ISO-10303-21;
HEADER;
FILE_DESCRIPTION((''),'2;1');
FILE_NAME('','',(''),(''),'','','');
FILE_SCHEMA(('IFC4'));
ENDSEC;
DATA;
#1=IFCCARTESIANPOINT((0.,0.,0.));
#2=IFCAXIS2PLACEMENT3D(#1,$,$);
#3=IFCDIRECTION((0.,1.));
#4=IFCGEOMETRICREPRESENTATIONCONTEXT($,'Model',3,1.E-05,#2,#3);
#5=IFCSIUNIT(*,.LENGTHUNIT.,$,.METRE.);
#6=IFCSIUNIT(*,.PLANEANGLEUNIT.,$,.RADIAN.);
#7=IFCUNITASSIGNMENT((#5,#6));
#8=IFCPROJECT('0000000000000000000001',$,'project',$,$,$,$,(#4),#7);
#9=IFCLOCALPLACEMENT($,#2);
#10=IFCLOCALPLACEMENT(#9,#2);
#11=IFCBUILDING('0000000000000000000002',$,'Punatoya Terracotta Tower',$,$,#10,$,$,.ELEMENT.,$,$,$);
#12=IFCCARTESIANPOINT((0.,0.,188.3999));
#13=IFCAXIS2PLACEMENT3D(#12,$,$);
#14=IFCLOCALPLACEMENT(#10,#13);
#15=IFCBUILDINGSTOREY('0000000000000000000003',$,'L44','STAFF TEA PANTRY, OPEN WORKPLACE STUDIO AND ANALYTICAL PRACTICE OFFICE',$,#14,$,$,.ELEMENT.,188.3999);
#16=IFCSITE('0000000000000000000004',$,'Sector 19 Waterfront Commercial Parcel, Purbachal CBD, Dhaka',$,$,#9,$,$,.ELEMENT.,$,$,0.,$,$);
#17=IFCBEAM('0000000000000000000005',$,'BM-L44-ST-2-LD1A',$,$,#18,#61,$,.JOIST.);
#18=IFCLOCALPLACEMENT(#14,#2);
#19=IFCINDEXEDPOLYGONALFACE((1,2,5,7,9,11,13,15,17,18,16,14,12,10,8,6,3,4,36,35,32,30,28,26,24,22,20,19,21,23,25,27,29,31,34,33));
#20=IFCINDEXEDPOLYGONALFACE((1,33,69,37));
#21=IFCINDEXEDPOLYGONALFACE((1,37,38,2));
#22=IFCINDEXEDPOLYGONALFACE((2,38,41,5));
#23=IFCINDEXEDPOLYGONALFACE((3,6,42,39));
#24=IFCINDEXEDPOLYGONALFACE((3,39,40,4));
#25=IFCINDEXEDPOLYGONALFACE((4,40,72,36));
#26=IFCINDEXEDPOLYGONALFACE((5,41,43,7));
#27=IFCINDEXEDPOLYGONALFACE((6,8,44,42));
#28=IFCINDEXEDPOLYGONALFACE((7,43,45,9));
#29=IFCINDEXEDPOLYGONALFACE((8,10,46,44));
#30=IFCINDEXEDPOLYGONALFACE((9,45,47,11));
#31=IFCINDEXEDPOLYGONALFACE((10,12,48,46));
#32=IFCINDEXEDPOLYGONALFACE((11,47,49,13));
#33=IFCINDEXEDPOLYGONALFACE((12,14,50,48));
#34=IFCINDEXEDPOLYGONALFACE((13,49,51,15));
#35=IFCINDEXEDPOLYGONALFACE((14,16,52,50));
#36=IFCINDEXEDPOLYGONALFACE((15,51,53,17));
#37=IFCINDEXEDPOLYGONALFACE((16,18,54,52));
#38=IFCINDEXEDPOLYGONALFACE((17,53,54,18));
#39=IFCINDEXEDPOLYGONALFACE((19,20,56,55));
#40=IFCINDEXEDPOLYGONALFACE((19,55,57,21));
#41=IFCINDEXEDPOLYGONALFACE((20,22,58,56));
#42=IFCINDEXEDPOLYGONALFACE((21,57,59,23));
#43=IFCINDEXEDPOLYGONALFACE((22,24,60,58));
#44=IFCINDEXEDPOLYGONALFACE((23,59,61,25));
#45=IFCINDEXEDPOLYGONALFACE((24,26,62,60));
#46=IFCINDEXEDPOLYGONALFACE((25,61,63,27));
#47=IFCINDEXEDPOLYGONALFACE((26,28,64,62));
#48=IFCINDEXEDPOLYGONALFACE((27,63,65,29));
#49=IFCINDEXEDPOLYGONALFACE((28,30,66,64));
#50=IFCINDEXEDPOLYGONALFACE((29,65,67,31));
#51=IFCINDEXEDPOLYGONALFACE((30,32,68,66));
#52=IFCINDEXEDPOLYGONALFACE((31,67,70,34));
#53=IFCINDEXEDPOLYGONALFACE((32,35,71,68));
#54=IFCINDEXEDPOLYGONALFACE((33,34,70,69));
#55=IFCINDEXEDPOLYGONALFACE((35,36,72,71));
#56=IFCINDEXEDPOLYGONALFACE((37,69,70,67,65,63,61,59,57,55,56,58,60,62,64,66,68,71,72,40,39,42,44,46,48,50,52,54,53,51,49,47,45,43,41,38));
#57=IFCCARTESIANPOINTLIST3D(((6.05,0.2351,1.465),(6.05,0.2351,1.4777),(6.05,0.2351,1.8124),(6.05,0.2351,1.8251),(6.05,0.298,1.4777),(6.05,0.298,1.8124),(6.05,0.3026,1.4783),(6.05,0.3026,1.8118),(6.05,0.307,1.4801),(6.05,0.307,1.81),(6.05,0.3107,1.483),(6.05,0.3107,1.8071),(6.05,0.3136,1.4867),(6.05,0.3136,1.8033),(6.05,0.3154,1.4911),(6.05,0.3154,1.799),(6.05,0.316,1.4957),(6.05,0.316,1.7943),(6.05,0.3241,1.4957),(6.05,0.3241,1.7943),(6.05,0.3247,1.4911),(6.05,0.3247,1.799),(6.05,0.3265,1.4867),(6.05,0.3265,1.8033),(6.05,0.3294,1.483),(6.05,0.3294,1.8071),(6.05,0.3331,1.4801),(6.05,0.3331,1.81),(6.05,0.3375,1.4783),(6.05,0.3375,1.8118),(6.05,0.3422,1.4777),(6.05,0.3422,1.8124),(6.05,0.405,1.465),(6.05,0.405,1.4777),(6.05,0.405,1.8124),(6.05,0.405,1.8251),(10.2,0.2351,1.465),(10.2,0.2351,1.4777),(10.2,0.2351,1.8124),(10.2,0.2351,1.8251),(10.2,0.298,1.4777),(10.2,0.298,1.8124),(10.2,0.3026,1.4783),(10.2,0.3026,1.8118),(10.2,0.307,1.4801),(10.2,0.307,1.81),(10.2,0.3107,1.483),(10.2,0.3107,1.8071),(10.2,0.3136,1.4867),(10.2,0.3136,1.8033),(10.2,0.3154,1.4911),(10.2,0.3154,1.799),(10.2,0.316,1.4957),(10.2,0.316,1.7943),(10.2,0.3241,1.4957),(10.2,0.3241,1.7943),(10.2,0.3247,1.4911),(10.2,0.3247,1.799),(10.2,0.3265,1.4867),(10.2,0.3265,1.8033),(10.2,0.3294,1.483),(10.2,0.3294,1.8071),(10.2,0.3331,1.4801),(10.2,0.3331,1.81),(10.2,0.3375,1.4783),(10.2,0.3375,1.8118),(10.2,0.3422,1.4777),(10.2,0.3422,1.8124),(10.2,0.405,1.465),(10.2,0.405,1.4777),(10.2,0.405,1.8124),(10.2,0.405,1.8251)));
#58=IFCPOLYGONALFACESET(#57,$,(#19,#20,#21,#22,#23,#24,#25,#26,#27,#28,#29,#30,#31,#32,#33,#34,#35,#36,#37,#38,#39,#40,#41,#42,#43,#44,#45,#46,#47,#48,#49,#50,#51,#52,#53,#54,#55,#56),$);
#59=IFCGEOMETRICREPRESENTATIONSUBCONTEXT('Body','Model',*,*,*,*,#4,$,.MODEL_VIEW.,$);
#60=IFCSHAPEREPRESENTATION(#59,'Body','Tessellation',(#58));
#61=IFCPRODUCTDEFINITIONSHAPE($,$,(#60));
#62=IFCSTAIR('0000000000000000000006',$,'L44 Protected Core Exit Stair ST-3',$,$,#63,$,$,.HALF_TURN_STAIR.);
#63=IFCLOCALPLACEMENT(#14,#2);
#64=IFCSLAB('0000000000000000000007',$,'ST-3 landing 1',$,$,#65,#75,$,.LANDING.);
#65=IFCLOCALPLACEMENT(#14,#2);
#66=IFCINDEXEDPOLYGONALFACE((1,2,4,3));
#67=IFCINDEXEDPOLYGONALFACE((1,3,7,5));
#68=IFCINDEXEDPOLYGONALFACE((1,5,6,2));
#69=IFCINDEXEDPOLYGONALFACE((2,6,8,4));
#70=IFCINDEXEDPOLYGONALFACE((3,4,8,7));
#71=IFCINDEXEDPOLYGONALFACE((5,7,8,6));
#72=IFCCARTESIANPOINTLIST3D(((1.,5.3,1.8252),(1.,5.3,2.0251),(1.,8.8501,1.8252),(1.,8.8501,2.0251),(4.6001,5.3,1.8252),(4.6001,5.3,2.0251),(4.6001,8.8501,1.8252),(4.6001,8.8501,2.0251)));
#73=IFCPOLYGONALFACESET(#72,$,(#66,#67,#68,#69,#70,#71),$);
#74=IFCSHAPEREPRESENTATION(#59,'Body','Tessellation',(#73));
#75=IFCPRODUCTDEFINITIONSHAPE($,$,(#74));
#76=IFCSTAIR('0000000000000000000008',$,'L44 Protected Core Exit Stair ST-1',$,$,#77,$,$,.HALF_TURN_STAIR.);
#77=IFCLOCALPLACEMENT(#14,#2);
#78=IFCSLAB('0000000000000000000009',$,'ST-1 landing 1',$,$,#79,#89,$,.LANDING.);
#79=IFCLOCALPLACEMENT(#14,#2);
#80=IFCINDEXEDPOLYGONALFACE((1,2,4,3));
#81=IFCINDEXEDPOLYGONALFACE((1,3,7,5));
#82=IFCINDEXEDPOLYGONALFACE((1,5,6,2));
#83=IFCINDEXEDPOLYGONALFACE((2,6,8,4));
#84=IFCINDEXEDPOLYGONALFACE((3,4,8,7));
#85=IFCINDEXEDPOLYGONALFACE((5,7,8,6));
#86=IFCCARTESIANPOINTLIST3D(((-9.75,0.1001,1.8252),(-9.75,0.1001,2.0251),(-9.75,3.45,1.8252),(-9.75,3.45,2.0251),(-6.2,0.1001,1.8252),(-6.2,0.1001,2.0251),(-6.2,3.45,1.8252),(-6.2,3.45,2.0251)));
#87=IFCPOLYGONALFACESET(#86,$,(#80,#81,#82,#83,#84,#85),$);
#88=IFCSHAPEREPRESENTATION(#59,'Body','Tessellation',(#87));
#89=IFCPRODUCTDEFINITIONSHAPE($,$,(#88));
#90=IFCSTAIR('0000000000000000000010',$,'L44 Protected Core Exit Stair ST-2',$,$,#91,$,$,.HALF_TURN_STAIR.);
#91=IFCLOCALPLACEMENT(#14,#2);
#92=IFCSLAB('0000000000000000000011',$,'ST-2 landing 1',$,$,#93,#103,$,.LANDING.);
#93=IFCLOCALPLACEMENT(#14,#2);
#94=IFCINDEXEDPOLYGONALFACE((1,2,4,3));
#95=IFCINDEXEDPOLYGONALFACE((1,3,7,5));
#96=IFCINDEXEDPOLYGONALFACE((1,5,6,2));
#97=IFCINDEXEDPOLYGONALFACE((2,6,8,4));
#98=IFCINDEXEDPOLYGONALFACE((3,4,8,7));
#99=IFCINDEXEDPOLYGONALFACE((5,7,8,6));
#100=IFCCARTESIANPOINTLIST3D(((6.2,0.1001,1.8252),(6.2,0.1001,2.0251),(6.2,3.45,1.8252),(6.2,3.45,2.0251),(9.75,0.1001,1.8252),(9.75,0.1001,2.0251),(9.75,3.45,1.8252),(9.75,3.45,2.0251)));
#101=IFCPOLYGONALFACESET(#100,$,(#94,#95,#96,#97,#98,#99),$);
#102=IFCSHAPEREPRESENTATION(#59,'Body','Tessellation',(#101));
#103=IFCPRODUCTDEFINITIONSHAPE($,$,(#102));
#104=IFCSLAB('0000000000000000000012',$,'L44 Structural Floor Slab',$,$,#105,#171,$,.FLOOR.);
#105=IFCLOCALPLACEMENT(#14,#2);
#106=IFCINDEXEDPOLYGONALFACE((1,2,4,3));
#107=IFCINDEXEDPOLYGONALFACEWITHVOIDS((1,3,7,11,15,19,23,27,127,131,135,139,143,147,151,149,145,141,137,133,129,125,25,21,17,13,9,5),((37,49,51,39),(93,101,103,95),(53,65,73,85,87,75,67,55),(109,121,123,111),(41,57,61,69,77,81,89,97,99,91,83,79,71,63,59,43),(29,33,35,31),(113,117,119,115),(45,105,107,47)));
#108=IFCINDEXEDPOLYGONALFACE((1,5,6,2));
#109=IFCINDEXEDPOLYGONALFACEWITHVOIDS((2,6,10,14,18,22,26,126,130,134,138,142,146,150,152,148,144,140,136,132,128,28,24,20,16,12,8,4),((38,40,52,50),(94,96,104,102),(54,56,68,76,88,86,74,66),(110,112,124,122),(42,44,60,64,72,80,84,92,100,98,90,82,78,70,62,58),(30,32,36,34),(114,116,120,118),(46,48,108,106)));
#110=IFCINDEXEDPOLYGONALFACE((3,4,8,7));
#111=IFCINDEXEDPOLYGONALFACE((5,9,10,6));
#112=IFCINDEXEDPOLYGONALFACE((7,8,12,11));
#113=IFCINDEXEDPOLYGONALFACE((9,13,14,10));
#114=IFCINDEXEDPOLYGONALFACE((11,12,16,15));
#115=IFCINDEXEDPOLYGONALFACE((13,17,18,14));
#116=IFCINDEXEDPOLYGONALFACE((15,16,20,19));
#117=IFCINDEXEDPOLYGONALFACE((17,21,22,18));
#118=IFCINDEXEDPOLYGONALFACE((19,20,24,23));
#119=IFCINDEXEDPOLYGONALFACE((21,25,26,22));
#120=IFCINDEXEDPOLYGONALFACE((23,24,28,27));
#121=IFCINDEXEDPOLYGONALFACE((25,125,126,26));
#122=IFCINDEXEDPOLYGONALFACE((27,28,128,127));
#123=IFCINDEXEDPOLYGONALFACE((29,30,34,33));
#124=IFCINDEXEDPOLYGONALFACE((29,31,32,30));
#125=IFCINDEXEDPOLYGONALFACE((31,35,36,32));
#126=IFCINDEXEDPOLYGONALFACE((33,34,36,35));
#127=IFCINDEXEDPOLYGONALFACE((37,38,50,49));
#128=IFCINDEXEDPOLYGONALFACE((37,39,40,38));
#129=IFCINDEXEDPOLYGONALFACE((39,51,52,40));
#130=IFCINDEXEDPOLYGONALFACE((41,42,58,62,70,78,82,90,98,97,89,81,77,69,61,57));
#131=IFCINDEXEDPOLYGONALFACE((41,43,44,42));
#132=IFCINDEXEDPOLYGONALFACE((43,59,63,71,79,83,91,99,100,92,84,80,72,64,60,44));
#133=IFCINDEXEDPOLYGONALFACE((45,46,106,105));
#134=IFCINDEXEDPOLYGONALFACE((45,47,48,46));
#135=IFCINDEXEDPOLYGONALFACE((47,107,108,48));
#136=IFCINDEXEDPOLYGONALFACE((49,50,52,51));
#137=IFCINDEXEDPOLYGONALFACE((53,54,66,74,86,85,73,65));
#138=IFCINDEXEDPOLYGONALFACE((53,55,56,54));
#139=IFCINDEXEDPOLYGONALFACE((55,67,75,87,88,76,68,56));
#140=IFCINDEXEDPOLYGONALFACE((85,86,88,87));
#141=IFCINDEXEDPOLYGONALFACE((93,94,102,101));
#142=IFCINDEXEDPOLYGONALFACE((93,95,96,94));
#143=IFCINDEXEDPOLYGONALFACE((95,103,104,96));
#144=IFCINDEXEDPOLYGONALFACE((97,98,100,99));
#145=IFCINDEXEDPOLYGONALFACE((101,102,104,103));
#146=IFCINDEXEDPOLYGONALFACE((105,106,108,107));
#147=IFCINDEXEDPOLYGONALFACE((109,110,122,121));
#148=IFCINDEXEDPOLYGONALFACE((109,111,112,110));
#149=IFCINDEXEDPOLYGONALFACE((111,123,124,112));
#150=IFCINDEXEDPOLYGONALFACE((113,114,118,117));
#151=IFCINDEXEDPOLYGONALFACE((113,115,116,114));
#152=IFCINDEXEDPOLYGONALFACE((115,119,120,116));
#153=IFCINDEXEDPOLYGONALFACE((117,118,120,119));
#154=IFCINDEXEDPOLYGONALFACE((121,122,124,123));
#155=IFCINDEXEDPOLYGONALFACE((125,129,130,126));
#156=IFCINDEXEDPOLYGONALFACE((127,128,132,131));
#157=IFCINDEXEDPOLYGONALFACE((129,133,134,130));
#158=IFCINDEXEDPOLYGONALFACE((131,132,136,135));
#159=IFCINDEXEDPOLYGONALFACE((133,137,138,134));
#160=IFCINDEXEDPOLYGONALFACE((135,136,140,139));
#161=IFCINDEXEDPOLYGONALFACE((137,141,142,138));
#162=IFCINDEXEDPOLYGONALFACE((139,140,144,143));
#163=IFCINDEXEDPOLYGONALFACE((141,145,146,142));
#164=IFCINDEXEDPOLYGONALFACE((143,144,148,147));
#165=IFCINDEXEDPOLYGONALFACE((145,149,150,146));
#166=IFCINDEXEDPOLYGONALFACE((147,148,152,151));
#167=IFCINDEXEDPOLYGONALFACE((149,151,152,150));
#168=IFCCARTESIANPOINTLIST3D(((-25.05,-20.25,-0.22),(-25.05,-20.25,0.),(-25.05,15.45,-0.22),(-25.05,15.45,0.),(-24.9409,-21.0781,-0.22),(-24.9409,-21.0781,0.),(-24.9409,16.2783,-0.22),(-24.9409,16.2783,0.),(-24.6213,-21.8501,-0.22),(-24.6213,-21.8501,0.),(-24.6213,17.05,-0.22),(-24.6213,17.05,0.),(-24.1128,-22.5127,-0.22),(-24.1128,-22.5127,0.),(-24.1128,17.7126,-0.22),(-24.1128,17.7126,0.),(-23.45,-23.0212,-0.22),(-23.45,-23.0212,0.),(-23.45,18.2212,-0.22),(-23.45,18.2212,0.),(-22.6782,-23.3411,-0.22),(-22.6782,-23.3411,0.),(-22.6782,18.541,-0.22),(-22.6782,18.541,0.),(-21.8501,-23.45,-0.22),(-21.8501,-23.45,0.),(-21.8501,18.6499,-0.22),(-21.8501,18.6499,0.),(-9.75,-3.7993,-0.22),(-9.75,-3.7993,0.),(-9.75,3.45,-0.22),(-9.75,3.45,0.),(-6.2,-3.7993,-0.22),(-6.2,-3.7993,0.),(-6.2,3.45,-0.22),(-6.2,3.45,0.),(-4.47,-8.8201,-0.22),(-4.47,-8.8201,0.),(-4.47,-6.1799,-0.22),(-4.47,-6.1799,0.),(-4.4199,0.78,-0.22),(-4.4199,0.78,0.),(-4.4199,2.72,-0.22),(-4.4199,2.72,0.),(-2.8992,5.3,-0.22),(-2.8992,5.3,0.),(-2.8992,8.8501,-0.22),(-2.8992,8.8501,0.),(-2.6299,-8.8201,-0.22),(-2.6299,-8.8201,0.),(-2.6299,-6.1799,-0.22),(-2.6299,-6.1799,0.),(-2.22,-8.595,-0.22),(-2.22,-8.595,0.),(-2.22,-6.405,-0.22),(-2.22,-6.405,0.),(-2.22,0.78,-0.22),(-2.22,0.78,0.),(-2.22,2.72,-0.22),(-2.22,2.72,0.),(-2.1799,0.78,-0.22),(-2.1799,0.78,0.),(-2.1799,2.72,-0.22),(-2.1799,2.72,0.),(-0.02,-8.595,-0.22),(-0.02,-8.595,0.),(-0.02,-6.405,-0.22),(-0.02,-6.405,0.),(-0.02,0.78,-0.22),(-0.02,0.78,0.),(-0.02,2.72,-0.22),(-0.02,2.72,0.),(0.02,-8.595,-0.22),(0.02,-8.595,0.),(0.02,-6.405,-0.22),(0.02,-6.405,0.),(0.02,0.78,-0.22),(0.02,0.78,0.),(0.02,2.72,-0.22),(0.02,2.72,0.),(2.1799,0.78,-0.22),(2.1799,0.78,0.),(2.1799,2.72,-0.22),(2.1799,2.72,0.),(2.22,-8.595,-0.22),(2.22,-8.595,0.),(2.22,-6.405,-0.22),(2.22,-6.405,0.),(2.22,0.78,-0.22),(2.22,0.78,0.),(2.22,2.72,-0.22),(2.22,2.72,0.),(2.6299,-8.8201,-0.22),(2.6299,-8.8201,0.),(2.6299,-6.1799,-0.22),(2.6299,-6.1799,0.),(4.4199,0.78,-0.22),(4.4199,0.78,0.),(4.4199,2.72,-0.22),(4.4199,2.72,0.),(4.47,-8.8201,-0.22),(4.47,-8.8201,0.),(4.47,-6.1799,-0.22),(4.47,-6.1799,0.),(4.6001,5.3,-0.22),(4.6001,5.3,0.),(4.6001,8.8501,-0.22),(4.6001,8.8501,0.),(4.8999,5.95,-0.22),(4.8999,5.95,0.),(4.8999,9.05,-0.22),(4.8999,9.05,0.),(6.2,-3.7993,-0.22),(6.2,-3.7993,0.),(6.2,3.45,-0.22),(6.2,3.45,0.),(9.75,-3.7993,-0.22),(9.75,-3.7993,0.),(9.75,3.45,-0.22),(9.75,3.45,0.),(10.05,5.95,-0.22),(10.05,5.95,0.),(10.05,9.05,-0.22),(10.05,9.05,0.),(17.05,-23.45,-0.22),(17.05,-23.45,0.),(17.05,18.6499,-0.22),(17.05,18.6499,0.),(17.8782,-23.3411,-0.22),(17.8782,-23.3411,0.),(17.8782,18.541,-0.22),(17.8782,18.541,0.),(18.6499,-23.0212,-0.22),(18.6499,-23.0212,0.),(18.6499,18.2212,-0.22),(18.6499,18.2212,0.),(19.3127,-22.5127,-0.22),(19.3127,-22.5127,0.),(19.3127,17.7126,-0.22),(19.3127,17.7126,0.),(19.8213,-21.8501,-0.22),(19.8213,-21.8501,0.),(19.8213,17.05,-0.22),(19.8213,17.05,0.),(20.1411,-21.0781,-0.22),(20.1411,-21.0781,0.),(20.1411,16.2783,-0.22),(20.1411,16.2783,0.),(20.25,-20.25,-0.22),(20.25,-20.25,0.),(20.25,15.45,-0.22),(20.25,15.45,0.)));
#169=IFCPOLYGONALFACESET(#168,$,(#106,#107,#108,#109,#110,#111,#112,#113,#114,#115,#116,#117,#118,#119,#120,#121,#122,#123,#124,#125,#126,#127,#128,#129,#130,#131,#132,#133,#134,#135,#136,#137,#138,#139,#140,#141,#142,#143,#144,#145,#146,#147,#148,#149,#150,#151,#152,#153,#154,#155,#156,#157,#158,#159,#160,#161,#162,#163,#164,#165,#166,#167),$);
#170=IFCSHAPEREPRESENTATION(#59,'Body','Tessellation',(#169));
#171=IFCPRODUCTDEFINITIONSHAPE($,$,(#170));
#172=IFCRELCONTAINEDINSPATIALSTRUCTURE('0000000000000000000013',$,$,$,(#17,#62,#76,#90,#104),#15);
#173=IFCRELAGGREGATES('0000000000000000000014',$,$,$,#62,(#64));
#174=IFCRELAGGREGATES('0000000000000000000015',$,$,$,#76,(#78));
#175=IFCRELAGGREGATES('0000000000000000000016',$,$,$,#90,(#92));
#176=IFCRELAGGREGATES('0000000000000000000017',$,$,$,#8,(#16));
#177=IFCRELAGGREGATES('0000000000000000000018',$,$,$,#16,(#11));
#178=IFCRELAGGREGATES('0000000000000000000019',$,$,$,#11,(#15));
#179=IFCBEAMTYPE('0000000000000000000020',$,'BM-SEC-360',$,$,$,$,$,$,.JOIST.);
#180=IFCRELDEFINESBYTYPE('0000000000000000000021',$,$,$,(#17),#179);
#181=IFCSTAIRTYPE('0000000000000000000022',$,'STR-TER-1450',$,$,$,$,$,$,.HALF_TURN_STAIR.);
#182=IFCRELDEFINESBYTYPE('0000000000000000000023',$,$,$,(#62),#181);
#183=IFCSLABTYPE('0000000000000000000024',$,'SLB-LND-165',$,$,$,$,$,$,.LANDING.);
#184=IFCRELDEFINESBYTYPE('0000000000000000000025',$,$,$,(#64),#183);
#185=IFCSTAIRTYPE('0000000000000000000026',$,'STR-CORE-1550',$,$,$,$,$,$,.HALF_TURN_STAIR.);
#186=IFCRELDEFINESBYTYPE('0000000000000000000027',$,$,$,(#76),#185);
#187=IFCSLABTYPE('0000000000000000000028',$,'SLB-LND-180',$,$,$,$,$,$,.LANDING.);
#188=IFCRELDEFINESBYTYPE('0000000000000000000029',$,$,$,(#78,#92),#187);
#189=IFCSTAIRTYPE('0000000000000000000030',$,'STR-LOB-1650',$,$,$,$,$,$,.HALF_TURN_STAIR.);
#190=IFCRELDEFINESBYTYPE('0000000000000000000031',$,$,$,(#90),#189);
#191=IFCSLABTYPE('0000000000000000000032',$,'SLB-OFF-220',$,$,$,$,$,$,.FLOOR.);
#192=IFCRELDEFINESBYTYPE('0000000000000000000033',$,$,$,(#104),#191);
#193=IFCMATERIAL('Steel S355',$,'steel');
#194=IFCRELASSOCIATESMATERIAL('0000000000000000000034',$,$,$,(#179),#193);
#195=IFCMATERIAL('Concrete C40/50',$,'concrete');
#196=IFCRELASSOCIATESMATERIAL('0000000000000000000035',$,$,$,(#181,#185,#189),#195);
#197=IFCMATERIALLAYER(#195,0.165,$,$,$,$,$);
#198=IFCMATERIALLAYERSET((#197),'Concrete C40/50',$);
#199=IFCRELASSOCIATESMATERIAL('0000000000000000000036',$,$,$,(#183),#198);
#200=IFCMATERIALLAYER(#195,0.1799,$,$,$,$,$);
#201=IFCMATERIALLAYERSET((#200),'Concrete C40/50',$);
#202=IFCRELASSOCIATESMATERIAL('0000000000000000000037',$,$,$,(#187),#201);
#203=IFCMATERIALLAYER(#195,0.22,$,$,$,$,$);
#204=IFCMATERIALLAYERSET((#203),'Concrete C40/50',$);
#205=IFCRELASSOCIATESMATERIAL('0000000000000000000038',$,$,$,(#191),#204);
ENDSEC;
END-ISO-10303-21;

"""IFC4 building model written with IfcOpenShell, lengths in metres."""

from ifc_helpers import new_model, si_unit, direction, frame, origin, origin_2d, place, context, subcontext, project, spatial, polyline, i_section, outline, extrude, material, layer, layer_set, material_profile, profile_set, type_object, element, aggregate, save


model = new_model("IFC4")

# Units and contexts
model_context = context("Model", 3, precision=1e-05, world=origin(), true_north=direction((0.0, 1.0)))
body_context = subcontext(model_context, "Body", "Model", "MODEL_VIEW")
ifc_project = project(units=[si_unit("LENGTHUNIT", "METRE"), si_unit("PLANEANGLEUNIT", "RADIAN")], contexts=[model_context])

# Site, building, storey
site_placement = place(None, origin())
site = spatial("IfcSite", under=ifc_project, at=site_placement, Name="Sector 19 Waterfront Commercial Parcel, Purbachal CBD, Dhaka", CompositionType="ELEMENT", RefElevation=0.0)
building_placement = place(site_placement, origin())
building = spatial("IfcBuilding", under=site, at=building_placement, Name="Punatoya Terracotta Tower", CompositionType="ELEMENT")
storey_placement = place(building_placement, frame((0.0, 0.0, 188.3999)))
storey = spatial("IfcBuildingStorey", under=building, at=storey_placement, Name="L44", Description="STAFF TEA PANTRY, OPEN WORKPLACE STUDIO AND ANALYTICAL PRACTICE OFFICE", CompositionType="ELEMENT", Elevation=188.3999)

# Beam
ifc_material_1 = material(Name="Steel S355", Category="steel")
ifc_material_profile = material_profile(ifc_material_1, i_section(OverallWidth=0.1699, OverallDepth=0.3601, WebThickness=0.0081, FlangeThickness=0.0127, FilletRadius=0.0181, at=origin_2d()))
ifc_profile_set = profile_set([ifc_material_profile], Name="Steel S355")
beam_type = type_object("IfcBeamType", Name="BM-SEC-360", PredefinedType="JOIST", material=ifc_profile_set)
beam_placement = place(storey_placement, frame((6.05, 0.3201, 1.645), z_axis=(1.0, 0.0, 0.0), x_axis=(0.0, 1.0, 0.0)))
element("IfcBeam", 1, at=beam_placement, inside=storey, type_object=beam_type, Name="BM-L44-ST-2-LD1A", PredefinedType="JOIST", context=body_context, shape_type="SweptSolid", body=[
    extrude(i_section(OverallWidth=0.1699, OverallDepth=0.3601, WebThickness=0.0081, FlangeThickness=0.0127, FilletRadius=0.0181, at=origin_2d()), origin(), (0.0, 0.0, 1.0), 4.1499),
])

# Stairs, slabs
ifc_material_2 = material(Name="Concrete C40/50", Category="concrete")
stair_type_1 = type_object("IfcStairType", Name="STR-TER-1450", PredefinedType="HALF_TURN_STAIR", material=ifc_material_2)
stair_1_placement = place(storey_placement, origin())
stair_1 = element("IfcStair", 2, at=stair_1_placement, inside=storey, type_object=stair_type_1, Name="L44 Protected Core Exit Stair ST-3", PredefinedType="HALF_TURN_STAIR")
ifc_layer_1 = layer(ifc_material_2, 0.165)
ifc_layer_set_1 = layer_set([ifc_layer_1], Name="Concrete C40/50")
slab_type_1 = type_object("IfcSlabType", Name="SLB-LND-165", PredefinedType="LANDING", material=ifc_layer_set_1)
slab_1_placement = place(storey_placement, frame((0.0, 0.0, 1.8252)))
slab_1 = element("IfcSlab", 3, at=slab_1_placement, type_object=slab_type_1, Name="ST-3 landing 1", PredefinedType="LANDING", context=body_context, shape_type="SweptSolid", body=[
    extrude(outline(polyline([(1.0, 5.3), (4.6001, 5.3), (4.6001, 8.8501), (1.0, 8.8501), (1.0, 5.3)])), origin(), (0.0, 0.0, 1.0), 0.2),
])
aggregate(stair_1, [slab_1])
stair_type_2 = type_object("IfcStairType", Name="STR-CORE-1550", PredefinedType="HALF_TURN_STAIR", material=ifc_material_2)
stair_2_placement = place(storey_placement, origin())
stair_2 = element("IfcStair", 4, at=stair_2_placement, inside=storey, type_object=stair_type_2, Name="L44 Protected Core Exit Stair ST-1", PredefinedType="HALF_TURN_STAIR")
ifc_layer_2 = layer(ifc_material_2, 0.1799)
ifc_layer_set_2 = layer_set([ifc_layer_2], Name="Concrete C40/50")
slab_type_2 = type_object("IfcSlabType", Name="SLB-LND-180", PredefinedType="LANDING", material=ifc_layer_set_2)
slab_2_placement = place(storey_placement, frame((0.0, 0.0, 1.8252)))
slab_2 = element("IfcSlab", 5, at=slab_2_placement, type_object=slab_type_2, Name="ST-1 landing 1", PredefinedType="LANDING", context=body_context, shape_type="SweptSolid", body=[
    extrude(outline(polyline([(-6.2, 0.1001), (-6.2, 3.45), (-9.75, 3.45), (-9.75, 0.1001), (-6.2, 0.1001)])), origin(), (0.0, 0.0, 1.0), 0.2),
])
aggregate(stair_2, [slab_2])
stair_type_3 = type_object("IfcStairType", Name="STR-LOB-1650", PredefinedType="HALF_TURN_STAIR", material=ifc_material_2)
stair_3_placement = place(storey_placement, origin())
stair_3 = element("IfcStair", 6, at=stair_3_placement, inside=storey, type_object=stair_type_3, Name="L44 Protected Core Exit Stair ST-2", PredefinedType="HALF_TURN_STAIR")
slab_3_placement = place(storey_placement, frame((0.0, 0.0, 1.8252)))
slab_3 = element("IfcSlab", 7, at=slab_3_placement, type_object=slab_type_2, Name="ST-2 landing 1", PredefinedType="LANDING", context=body_context, shape_type="SweptSolid", body=[
    extrude(outline(polyline([(9.75, 0.1001), (9.75, 3.45), (6.2, 3.45), (6.2, 0.1001), (9.75, 0.1001)])), origin(), (0.0, 0.0, 1.0), 0.2),
])

# Slab
ifc_layer_3 = layer(ifc_material_2, 0.22)
ifc_layer_set_3 = layer_set([ifc_layer_3], Name="Concrete C40/50")
slab_type_3 = type_object("IfcSlabType", Name="SLB-OFF-220", PredefinedType="FLOOR", material=ifc_layer_set_3)
slab_4_placement = place(storey_placement, frame((0.0, 0.0, -0.22)))
element("IfcSlab", 8, at=slab_4_placement, inside=storey, type_object=slab_type_3, Name="L44 Structural Floor Slab", PredefinedType="FLOOR", context=body_context, shape_type="SweptSolid", body=[
    extrude(outline(polyline([(-21.8501, -23.45), (-22.6782, -23.3411), (-23.45, -23.0212), (-24.1128, -22.5127), (-24.6213, -21.8501), (-24.9409, -21.0781), (-25.05, -20.25), (-25.05, 15.45), (-24.9409, 16.2783), (-24.6213, 17.05), (-24.1128, 17.7126), (-23.45, 18.2212), (-22.6782, 18.541), (-21.8501, 18.6499), (17.05, 18.6499), (17.8782, 18.541), (18.6499, 18.2212), (19.3127, 17.7126), (19.8213, 17.05), (20.1411, 16.2783), (20.25, 15.45), (20.25, -20.25), (20.1411, -21.0781), (19.8213, -21.8501), (19.3127, -22.5127), (18.6499, -23.0212), (17.8782, -23.3411), (17.05, -23.45), (-21.8501, -23.45)]), holes=[polyline([(-2.6299, -6.1799), (-4.47, -6.1799), (-4.47, -8.8201), (-2.6299, -8.8201), (-2.6299, -6.1799)]), polyline([(0.02, -8.595), (2.22, -8.595), (2.22, -6.405), (0.02, -6.405), (-0.02, -6.405), (-2.22, -6.405), (-2.22, -8.595), (-0.02, -8.595), (0.02, -8.595)]), polyline([(-6.2, 3.45), (-9.75, 3.45), (-9.75, -3.7993), (-6.2, -3.7993), (-6.2, 3.45)]), polyline([(-4.4199, 2.72), (-4.4199, 0.78), (-2.22, 0.78), (-2.1799, 0.78), (-0.02, 0.78), (0.02, 0.78), (2.1799, 0.78), (2.22, 0.78), (4.4199, 0.78), (4.4199, 2.72), (2.22, 2.72), (2.1799, 2.72), (0.02, 2.72), (-0.02, 2.72), (-2.1799, 2.72), (-2.22, 2.72), (-4.4199, 2.72)]), polyline([(4.6001, 5.3), (4.6001, 8.8501), (-2.8992, 8.8501), (-2.8992, 5.3), (4.6001, 5.3)]), polyline([(4.47, -8.8201), (4.47, -6.1799), (2.6299, -6.1799), (2.6299, -8.8201), (4.47, -8.8201)]), polyline([(9.75, 3.45), (6.2, 3.45), (6.2, -3.7993), (9.75, -3.7993), (9.75, 3.45)]), polyline([(10.05, 5.95), (10.05, 9.05), (4.8999, 9.05), (4.8999, 5.95), (10.05, 5.95)])]), origin(), (0.0, 0.0, 1.0), 0.22),
])

aggregate(stair_3, [slab_3])

save(model, "model.ifc")
